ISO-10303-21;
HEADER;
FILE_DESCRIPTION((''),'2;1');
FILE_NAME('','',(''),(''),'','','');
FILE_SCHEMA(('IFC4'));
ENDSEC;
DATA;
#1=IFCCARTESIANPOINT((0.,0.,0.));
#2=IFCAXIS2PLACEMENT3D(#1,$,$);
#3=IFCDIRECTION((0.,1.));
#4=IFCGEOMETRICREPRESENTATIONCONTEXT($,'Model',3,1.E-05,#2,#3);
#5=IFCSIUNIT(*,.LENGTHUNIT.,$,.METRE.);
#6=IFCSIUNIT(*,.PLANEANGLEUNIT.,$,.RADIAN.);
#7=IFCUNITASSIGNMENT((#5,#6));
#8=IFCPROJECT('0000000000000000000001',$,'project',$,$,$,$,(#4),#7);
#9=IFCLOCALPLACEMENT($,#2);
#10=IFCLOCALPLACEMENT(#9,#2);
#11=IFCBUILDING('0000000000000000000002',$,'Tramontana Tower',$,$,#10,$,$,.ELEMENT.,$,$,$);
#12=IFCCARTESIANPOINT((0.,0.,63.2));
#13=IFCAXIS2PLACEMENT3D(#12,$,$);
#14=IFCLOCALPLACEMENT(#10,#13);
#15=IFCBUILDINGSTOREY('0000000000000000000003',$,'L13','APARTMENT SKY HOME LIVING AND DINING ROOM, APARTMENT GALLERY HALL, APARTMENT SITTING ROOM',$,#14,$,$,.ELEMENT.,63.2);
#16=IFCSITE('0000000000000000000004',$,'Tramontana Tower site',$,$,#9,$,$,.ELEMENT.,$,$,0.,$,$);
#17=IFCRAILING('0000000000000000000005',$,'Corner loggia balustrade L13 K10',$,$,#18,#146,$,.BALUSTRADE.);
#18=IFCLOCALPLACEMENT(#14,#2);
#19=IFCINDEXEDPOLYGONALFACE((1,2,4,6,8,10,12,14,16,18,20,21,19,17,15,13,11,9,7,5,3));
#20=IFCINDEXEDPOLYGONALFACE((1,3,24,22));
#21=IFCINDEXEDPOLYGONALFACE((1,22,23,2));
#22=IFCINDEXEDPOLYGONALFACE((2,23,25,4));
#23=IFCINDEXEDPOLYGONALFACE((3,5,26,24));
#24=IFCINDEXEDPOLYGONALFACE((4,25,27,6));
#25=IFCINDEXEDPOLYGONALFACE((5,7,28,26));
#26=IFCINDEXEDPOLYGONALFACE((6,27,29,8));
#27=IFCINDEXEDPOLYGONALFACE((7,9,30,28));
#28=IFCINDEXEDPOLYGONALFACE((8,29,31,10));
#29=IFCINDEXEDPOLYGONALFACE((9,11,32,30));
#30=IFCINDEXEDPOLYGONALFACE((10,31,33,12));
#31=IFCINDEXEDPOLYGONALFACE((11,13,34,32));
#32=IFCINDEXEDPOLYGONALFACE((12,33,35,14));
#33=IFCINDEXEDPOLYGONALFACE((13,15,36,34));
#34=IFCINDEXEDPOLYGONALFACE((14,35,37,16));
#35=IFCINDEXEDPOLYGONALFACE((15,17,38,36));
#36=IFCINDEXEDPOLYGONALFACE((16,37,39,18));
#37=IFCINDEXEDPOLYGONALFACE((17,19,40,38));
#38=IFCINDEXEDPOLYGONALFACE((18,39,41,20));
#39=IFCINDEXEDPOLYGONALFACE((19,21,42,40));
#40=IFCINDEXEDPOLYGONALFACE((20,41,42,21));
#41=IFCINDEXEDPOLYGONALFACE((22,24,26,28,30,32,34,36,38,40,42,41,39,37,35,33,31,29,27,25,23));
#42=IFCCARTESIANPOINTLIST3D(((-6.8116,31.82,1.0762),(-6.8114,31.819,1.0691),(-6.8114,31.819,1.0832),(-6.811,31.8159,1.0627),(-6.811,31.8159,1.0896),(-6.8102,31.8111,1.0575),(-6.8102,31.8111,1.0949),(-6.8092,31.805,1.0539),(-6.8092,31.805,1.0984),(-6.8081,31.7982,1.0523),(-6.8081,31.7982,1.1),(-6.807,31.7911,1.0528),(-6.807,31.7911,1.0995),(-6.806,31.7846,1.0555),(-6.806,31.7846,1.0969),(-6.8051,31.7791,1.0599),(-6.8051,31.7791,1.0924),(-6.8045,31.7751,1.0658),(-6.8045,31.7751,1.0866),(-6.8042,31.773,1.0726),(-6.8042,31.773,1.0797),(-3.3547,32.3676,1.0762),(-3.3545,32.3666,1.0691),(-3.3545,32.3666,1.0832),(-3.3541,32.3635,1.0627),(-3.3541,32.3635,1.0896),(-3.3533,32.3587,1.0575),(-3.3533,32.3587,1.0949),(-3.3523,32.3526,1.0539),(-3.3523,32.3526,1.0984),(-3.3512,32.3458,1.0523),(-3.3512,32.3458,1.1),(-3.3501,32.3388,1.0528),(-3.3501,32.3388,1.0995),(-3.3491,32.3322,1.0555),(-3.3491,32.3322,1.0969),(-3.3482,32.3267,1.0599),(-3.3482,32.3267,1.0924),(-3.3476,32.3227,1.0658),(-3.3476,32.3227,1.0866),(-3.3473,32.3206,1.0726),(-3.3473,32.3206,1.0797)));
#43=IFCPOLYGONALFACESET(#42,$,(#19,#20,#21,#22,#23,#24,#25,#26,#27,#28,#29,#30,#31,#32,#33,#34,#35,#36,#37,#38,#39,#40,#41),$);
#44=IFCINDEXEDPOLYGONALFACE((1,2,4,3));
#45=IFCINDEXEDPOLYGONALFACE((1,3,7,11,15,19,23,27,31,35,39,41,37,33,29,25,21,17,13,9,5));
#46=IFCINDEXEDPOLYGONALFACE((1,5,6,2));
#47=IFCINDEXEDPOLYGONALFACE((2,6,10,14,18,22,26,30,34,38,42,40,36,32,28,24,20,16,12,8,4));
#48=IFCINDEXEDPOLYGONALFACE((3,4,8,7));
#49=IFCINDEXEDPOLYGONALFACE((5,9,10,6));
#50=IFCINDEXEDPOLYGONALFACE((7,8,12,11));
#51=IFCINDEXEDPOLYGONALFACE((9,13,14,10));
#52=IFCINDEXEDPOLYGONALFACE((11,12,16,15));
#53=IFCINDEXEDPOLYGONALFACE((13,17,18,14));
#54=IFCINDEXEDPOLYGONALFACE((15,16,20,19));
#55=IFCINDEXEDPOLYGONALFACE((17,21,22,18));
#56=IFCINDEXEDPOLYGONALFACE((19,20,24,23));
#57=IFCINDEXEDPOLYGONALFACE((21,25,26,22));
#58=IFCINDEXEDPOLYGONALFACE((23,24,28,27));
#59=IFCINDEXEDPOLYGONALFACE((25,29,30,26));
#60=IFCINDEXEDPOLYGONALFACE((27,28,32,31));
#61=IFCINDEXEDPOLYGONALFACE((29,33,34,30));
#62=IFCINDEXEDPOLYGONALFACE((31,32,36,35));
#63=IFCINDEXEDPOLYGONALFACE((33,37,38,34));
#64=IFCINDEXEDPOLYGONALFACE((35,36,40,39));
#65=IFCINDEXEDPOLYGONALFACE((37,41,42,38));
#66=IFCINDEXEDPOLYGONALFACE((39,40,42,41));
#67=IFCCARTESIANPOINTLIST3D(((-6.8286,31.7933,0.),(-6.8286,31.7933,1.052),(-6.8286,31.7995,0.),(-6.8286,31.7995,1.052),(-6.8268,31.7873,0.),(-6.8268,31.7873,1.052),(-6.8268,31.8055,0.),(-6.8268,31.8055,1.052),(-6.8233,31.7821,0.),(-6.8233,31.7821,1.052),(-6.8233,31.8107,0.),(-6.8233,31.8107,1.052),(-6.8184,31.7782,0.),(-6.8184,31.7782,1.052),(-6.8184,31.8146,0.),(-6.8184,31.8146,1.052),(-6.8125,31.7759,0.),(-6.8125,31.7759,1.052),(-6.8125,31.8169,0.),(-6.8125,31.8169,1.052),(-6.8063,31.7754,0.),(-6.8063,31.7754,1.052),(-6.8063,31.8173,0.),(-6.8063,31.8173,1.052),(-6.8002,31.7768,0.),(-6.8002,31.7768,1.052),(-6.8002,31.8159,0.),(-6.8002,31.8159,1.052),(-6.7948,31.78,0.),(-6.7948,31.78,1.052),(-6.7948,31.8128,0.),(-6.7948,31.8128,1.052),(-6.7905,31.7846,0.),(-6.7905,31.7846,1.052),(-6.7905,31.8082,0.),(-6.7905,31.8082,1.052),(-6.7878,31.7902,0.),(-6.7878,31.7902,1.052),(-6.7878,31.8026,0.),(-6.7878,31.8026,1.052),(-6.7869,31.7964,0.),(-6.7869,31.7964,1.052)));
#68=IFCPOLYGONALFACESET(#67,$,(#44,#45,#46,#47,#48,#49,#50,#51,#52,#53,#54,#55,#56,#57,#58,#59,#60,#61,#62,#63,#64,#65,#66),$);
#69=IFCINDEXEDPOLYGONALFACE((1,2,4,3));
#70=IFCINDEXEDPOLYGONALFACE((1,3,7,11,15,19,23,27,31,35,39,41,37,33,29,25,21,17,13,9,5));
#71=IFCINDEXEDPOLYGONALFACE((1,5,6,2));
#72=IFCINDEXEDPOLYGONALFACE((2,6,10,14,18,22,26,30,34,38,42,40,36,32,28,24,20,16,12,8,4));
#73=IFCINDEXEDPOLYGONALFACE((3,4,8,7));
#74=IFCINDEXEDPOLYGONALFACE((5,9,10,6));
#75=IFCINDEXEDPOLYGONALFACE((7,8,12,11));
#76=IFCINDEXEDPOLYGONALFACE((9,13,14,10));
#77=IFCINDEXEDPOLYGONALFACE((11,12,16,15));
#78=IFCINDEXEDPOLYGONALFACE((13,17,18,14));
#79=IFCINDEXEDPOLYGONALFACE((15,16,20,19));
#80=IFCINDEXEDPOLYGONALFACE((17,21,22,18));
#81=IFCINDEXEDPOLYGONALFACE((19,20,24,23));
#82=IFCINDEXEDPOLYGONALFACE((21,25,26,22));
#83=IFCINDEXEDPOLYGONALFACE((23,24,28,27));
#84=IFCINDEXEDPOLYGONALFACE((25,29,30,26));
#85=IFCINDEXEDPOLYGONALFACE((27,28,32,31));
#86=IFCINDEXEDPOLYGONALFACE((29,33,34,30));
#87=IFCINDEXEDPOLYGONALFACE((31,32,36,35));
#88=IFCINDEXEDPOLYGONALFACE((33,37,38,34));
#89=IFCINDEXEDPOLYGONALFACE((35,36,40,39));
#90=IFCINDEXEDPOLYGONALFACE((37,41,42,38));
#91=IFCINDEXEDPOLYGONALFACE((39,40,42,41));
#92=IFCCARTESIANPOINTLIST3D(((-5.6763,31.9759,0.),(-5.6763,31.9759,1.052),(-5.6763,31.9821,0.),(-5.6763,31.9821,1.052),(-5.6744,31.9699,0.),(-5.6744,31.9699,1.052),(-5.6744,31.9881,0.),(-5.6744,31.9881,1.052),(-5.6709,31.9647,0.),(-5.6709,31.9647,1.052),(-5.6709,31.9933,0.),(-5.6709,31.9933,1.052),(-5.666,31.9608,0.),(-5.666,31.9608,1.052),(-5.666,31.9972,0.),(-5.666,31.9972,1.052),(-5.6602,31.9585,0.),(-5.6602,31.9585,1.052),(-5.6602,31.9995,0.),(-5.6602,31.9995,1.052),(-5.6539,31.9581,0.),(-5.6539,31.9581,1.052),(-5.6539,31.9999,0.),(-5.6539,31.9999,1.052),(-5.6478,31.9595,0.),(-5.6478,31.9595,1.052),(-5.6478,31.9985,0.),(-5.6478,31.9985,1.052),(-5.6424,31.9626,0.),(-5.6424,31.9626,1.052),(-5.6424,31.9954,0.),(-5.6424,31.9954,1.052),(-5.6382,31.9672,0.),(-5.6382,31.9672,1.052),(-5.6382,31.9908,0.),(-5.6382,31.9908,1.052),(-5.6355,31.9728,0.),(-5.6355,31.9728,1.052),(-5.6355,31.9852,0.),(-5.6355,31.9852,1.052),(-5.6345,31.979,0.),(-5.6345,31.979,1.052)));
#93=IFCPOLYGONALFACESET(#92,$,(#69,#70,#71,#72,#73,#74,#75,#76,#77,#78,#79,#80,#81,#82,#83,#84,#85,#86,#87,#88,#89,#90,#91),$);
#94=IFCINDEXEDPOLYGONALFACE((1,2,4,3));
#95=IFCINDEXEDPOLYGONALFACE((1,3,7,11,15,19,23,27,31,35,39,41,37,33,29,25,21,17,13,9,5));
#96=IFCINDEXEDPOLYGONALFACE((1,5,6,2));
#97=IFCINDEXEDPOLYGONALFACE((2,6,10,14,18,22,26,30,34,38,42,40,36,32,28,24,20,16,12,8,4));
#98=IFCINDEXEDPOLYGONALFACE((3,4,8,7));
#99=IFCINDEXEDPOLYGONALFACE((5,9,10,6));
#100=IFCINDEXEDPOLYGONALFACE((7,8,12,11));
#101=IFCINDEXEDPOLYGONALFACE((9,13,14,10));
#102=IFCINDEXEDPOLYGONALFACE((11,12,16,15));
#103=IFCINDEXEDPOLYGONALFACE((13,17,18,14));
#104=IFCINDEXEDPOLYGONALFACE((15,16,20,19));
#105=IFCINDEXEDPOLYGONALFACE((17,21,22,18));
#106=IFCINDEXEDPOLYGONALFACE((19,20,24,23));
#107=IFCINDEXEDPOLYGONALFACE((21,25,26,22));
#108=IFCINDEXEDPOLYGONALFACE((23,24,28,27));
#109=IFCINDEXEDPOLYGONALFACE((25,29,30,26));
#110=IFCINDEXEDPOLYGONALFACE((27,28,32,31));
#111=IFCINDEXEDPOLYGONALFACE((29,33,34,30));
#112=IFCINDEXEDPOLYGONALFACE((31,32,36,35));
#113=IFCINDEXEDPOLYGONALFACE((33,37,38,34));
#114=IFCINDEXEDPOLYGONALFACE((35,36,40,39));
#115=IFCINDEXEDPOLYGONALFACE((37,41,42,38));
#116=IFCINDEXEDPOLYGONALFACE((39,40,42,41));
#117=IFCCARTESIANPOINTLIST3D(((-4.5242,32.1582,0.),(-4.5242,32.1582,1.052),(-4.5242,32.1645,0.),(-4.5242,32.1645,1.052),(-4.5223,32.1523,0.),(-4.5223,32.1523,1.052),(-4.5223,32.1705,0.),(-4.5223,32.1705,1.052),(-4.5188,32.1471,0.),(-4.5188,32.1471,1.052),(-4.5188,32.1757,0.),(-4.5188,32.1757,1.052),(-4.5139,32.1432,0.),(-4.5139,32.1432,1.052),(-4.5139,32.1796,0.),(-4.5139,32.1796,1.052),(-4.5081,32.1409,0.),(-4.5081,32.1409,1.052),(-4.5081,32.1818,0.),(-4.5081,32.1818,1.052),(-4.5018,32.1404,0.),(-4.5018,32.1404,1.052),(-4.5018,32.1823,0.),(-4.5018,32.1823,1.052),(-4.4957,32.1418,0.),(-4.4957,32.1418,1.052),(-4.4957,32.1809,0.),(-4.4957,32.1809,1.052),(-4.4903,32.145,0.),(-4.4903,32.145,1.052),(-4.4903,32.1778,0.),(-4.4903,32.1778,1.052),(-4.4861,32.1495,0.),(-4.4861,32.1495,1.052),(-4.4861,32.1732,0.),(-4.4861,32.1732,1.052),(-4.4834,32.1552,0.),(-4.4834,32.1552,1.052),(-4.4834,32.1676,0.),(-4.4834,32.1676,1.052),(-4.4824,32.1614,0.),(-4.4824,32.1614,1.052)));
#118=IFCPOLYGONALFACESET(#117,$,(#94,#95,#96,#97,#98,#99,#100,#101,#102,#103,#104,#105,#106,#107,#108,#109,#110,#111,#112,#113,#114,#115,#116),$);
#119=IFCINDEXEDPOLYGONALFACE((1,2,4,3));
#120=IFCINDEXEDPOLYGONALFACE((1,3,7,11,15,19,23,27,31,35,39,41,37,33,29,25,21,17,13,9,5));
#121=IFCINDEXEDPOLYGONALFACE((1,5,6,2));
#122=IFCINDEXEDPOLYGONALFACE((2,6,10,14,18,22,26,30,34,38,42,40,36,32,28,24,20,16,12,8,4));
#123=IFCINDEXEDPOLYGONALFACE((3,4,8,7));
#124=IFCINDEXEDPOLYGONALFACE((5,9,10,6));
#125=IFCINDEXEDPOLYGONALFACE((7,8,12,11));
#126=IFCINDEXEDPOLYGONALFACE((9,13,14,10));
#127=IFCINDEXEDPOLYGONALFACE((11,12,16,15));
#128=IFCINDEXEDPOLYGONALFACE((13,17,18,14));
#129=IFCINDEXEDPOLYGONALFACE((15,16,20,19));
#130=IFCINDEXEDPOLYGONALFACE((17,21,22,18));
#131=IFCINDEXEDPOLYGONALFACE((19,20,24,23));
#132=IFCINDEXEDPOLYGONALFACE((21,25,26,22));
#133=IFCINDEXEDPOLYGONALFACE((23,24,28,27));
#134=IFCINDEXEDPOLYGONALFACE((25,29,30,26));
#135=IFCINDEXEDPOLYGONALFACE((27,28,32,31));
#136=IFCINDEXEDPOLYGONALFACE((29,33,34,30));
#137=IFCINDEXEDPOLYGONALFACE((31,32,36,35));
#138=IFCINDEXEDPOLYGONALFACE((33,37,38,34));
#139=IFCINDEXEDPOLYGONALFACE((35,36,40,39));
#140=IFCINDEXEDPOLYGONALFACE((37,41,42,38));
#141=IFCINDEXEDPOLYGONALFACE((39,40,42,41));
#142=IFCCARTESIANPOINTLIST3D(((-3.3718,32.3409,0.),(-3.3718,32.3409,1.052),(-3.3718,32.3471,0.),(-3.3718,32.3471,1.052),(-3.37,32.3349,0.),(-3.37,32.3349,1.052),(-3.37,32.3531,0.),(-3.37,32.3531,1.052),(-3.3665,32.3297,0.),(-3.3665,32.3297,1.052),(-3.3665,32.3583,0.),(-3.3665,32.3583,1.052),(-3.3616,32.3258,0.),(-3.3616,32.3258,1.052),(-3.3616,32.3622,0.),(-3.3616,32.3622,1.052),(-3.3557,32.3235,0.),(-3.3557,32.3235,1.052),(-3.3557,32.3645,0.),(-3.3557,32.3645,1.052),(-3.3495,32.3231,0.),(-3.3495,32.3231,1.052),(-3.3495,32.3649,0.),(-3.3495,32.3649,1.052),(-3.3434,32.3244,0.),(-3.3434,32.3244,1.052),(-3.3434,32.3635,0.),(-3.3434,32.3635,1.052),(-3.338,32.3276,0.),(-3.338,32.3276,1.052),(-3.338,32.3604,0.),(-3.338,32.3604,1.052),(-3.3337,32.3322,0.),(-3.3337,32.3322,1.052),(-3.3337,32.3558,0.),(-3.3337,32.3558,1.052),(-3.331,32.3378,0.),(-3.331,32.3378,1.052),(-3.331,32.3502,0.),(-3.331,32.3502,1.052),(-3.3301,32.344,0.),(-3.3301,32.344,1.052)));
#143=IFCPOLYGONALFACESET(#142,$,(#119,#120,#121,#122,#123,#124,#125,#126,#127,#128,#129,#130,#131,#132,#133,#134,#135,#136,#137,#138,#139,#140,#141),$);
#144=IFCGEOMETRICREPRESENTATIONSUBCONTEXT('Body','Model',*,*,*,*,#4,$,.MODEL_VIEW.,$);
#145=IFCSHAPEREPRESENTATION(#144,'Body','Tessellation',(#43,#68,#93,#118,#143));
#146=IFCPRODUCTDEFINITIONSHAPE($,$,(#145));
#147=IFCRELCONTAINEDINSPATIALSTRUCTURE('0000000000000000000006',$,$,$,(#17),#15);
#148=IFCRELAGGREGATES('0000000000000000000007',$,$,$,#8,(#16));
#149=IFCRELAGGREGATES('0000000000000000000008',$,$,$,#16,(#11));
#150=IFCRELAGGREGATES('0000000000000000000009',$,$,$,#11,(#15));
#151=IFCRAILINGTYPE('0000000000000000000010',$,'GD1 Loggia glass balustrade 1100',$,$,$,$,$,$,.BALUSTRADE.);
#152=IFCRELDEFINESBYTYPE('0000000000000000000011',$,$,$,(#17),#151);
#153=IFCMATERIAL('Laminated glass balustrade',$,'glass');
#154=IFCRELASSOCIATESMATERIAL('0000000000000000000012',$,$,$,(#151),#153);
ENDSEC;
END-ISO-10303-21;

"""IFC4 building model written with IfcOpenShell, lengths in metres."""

from ifc_helpers import new_model, si_unit, direction, frame, origin, origin_2d, place, context, subcontext, project, spatial, circle, extrude, material, type_object, element, save


model = new_model("IFC4")

# Units and contexts
model_context = context("Model", 3, precision=1e-05, world=origin(), true_north=direction((0.0, 1.0)))
body_context = subcontext(model_context, "Body", "Model", "MODEL_VIEW")
ifc_project = project(units=[si_unit("LENGTHUNIT", "METRE"), si_unit("PLANEANGLEUNIT", "RADIAN")], contexts=[model_context])

# Site, building, storey
site_placement = place(None, origin())
site = spatial("IfcSite", under=ifc_project, at=site_placement, Name="Tramontana Tower site", CompositionType="ELEMENT", RefElevation=0.0)
building_placement = place(site_placement, origin())
building = spatial("IfcBuilding", under=site, at=building_placement, Name="Tramontana Tower", CompositionType="ELEMENT")
storey_placement = place(building_placement, frame((0.0, 0.0, 63.2)))
storey = spatial("IfcBuildingStorey", under=building, at=storey_placement, Name="L13", Description="APARTMENT SKY HOME LIVING AND DINING ROOM, APARTMENT GALLERY HALL, APARTMENT SITTING ROOM", CompositionType="ELEMENT", Elevation=63.2)

# Railing
ifc_material_1 = material(Name="Laminated glass balustrade", Category="glass")
railing_type = type_object("IfcRailingType", Name="GD1 Loggia glass balustrade 1100", PredefinedType="BALUSTRADE", material=ifc_material_1)
railing_placement = place(storey_placement, frame((-6.8079, 31.7964, 0.0)))
element("IfcRailing", 1, at=railing_placement, inside=storey, type_object=railing_type, Name="Corner loggia balustrade L13 K10", PredefinedType="BALUSTRADE", context=body_context, shape_type="SweptSolid", body=[
    extrude(circle(Radius=0.0239, at=origin_2d()), frame((0.0, 0.0, 1.0762), z_axis=(0.987684, 0.156464, 0.0), x_axis=(-0.156464, 0.987684, 0.0)), (0.0, 0.0, 1.0), 3.5),
    extrude(circle(Radius=0.021, at=origin_2d()), origin(), (0.0, 0.0, 1.0), 1.052),
    extrude(circle(Radius=0.021, at=origin_2d()), frame((1.1523, 0.1826, 0.0)), (0.0, 0.0, 1.0), 1.052),
    extrude(circle(Radius=0.021, at=origin_2d()), frame((2.3044, 0.365, 0.0)), (0.0, 0.0, 1.0), 1.052),
    extrude(circle(Radius=0.021, at=origin_2d()), frame((3.4568, 0.5476, 0.0)), (0.0, 0.0, 1.0), 1.052),
])

save(model, "model.ifc")
